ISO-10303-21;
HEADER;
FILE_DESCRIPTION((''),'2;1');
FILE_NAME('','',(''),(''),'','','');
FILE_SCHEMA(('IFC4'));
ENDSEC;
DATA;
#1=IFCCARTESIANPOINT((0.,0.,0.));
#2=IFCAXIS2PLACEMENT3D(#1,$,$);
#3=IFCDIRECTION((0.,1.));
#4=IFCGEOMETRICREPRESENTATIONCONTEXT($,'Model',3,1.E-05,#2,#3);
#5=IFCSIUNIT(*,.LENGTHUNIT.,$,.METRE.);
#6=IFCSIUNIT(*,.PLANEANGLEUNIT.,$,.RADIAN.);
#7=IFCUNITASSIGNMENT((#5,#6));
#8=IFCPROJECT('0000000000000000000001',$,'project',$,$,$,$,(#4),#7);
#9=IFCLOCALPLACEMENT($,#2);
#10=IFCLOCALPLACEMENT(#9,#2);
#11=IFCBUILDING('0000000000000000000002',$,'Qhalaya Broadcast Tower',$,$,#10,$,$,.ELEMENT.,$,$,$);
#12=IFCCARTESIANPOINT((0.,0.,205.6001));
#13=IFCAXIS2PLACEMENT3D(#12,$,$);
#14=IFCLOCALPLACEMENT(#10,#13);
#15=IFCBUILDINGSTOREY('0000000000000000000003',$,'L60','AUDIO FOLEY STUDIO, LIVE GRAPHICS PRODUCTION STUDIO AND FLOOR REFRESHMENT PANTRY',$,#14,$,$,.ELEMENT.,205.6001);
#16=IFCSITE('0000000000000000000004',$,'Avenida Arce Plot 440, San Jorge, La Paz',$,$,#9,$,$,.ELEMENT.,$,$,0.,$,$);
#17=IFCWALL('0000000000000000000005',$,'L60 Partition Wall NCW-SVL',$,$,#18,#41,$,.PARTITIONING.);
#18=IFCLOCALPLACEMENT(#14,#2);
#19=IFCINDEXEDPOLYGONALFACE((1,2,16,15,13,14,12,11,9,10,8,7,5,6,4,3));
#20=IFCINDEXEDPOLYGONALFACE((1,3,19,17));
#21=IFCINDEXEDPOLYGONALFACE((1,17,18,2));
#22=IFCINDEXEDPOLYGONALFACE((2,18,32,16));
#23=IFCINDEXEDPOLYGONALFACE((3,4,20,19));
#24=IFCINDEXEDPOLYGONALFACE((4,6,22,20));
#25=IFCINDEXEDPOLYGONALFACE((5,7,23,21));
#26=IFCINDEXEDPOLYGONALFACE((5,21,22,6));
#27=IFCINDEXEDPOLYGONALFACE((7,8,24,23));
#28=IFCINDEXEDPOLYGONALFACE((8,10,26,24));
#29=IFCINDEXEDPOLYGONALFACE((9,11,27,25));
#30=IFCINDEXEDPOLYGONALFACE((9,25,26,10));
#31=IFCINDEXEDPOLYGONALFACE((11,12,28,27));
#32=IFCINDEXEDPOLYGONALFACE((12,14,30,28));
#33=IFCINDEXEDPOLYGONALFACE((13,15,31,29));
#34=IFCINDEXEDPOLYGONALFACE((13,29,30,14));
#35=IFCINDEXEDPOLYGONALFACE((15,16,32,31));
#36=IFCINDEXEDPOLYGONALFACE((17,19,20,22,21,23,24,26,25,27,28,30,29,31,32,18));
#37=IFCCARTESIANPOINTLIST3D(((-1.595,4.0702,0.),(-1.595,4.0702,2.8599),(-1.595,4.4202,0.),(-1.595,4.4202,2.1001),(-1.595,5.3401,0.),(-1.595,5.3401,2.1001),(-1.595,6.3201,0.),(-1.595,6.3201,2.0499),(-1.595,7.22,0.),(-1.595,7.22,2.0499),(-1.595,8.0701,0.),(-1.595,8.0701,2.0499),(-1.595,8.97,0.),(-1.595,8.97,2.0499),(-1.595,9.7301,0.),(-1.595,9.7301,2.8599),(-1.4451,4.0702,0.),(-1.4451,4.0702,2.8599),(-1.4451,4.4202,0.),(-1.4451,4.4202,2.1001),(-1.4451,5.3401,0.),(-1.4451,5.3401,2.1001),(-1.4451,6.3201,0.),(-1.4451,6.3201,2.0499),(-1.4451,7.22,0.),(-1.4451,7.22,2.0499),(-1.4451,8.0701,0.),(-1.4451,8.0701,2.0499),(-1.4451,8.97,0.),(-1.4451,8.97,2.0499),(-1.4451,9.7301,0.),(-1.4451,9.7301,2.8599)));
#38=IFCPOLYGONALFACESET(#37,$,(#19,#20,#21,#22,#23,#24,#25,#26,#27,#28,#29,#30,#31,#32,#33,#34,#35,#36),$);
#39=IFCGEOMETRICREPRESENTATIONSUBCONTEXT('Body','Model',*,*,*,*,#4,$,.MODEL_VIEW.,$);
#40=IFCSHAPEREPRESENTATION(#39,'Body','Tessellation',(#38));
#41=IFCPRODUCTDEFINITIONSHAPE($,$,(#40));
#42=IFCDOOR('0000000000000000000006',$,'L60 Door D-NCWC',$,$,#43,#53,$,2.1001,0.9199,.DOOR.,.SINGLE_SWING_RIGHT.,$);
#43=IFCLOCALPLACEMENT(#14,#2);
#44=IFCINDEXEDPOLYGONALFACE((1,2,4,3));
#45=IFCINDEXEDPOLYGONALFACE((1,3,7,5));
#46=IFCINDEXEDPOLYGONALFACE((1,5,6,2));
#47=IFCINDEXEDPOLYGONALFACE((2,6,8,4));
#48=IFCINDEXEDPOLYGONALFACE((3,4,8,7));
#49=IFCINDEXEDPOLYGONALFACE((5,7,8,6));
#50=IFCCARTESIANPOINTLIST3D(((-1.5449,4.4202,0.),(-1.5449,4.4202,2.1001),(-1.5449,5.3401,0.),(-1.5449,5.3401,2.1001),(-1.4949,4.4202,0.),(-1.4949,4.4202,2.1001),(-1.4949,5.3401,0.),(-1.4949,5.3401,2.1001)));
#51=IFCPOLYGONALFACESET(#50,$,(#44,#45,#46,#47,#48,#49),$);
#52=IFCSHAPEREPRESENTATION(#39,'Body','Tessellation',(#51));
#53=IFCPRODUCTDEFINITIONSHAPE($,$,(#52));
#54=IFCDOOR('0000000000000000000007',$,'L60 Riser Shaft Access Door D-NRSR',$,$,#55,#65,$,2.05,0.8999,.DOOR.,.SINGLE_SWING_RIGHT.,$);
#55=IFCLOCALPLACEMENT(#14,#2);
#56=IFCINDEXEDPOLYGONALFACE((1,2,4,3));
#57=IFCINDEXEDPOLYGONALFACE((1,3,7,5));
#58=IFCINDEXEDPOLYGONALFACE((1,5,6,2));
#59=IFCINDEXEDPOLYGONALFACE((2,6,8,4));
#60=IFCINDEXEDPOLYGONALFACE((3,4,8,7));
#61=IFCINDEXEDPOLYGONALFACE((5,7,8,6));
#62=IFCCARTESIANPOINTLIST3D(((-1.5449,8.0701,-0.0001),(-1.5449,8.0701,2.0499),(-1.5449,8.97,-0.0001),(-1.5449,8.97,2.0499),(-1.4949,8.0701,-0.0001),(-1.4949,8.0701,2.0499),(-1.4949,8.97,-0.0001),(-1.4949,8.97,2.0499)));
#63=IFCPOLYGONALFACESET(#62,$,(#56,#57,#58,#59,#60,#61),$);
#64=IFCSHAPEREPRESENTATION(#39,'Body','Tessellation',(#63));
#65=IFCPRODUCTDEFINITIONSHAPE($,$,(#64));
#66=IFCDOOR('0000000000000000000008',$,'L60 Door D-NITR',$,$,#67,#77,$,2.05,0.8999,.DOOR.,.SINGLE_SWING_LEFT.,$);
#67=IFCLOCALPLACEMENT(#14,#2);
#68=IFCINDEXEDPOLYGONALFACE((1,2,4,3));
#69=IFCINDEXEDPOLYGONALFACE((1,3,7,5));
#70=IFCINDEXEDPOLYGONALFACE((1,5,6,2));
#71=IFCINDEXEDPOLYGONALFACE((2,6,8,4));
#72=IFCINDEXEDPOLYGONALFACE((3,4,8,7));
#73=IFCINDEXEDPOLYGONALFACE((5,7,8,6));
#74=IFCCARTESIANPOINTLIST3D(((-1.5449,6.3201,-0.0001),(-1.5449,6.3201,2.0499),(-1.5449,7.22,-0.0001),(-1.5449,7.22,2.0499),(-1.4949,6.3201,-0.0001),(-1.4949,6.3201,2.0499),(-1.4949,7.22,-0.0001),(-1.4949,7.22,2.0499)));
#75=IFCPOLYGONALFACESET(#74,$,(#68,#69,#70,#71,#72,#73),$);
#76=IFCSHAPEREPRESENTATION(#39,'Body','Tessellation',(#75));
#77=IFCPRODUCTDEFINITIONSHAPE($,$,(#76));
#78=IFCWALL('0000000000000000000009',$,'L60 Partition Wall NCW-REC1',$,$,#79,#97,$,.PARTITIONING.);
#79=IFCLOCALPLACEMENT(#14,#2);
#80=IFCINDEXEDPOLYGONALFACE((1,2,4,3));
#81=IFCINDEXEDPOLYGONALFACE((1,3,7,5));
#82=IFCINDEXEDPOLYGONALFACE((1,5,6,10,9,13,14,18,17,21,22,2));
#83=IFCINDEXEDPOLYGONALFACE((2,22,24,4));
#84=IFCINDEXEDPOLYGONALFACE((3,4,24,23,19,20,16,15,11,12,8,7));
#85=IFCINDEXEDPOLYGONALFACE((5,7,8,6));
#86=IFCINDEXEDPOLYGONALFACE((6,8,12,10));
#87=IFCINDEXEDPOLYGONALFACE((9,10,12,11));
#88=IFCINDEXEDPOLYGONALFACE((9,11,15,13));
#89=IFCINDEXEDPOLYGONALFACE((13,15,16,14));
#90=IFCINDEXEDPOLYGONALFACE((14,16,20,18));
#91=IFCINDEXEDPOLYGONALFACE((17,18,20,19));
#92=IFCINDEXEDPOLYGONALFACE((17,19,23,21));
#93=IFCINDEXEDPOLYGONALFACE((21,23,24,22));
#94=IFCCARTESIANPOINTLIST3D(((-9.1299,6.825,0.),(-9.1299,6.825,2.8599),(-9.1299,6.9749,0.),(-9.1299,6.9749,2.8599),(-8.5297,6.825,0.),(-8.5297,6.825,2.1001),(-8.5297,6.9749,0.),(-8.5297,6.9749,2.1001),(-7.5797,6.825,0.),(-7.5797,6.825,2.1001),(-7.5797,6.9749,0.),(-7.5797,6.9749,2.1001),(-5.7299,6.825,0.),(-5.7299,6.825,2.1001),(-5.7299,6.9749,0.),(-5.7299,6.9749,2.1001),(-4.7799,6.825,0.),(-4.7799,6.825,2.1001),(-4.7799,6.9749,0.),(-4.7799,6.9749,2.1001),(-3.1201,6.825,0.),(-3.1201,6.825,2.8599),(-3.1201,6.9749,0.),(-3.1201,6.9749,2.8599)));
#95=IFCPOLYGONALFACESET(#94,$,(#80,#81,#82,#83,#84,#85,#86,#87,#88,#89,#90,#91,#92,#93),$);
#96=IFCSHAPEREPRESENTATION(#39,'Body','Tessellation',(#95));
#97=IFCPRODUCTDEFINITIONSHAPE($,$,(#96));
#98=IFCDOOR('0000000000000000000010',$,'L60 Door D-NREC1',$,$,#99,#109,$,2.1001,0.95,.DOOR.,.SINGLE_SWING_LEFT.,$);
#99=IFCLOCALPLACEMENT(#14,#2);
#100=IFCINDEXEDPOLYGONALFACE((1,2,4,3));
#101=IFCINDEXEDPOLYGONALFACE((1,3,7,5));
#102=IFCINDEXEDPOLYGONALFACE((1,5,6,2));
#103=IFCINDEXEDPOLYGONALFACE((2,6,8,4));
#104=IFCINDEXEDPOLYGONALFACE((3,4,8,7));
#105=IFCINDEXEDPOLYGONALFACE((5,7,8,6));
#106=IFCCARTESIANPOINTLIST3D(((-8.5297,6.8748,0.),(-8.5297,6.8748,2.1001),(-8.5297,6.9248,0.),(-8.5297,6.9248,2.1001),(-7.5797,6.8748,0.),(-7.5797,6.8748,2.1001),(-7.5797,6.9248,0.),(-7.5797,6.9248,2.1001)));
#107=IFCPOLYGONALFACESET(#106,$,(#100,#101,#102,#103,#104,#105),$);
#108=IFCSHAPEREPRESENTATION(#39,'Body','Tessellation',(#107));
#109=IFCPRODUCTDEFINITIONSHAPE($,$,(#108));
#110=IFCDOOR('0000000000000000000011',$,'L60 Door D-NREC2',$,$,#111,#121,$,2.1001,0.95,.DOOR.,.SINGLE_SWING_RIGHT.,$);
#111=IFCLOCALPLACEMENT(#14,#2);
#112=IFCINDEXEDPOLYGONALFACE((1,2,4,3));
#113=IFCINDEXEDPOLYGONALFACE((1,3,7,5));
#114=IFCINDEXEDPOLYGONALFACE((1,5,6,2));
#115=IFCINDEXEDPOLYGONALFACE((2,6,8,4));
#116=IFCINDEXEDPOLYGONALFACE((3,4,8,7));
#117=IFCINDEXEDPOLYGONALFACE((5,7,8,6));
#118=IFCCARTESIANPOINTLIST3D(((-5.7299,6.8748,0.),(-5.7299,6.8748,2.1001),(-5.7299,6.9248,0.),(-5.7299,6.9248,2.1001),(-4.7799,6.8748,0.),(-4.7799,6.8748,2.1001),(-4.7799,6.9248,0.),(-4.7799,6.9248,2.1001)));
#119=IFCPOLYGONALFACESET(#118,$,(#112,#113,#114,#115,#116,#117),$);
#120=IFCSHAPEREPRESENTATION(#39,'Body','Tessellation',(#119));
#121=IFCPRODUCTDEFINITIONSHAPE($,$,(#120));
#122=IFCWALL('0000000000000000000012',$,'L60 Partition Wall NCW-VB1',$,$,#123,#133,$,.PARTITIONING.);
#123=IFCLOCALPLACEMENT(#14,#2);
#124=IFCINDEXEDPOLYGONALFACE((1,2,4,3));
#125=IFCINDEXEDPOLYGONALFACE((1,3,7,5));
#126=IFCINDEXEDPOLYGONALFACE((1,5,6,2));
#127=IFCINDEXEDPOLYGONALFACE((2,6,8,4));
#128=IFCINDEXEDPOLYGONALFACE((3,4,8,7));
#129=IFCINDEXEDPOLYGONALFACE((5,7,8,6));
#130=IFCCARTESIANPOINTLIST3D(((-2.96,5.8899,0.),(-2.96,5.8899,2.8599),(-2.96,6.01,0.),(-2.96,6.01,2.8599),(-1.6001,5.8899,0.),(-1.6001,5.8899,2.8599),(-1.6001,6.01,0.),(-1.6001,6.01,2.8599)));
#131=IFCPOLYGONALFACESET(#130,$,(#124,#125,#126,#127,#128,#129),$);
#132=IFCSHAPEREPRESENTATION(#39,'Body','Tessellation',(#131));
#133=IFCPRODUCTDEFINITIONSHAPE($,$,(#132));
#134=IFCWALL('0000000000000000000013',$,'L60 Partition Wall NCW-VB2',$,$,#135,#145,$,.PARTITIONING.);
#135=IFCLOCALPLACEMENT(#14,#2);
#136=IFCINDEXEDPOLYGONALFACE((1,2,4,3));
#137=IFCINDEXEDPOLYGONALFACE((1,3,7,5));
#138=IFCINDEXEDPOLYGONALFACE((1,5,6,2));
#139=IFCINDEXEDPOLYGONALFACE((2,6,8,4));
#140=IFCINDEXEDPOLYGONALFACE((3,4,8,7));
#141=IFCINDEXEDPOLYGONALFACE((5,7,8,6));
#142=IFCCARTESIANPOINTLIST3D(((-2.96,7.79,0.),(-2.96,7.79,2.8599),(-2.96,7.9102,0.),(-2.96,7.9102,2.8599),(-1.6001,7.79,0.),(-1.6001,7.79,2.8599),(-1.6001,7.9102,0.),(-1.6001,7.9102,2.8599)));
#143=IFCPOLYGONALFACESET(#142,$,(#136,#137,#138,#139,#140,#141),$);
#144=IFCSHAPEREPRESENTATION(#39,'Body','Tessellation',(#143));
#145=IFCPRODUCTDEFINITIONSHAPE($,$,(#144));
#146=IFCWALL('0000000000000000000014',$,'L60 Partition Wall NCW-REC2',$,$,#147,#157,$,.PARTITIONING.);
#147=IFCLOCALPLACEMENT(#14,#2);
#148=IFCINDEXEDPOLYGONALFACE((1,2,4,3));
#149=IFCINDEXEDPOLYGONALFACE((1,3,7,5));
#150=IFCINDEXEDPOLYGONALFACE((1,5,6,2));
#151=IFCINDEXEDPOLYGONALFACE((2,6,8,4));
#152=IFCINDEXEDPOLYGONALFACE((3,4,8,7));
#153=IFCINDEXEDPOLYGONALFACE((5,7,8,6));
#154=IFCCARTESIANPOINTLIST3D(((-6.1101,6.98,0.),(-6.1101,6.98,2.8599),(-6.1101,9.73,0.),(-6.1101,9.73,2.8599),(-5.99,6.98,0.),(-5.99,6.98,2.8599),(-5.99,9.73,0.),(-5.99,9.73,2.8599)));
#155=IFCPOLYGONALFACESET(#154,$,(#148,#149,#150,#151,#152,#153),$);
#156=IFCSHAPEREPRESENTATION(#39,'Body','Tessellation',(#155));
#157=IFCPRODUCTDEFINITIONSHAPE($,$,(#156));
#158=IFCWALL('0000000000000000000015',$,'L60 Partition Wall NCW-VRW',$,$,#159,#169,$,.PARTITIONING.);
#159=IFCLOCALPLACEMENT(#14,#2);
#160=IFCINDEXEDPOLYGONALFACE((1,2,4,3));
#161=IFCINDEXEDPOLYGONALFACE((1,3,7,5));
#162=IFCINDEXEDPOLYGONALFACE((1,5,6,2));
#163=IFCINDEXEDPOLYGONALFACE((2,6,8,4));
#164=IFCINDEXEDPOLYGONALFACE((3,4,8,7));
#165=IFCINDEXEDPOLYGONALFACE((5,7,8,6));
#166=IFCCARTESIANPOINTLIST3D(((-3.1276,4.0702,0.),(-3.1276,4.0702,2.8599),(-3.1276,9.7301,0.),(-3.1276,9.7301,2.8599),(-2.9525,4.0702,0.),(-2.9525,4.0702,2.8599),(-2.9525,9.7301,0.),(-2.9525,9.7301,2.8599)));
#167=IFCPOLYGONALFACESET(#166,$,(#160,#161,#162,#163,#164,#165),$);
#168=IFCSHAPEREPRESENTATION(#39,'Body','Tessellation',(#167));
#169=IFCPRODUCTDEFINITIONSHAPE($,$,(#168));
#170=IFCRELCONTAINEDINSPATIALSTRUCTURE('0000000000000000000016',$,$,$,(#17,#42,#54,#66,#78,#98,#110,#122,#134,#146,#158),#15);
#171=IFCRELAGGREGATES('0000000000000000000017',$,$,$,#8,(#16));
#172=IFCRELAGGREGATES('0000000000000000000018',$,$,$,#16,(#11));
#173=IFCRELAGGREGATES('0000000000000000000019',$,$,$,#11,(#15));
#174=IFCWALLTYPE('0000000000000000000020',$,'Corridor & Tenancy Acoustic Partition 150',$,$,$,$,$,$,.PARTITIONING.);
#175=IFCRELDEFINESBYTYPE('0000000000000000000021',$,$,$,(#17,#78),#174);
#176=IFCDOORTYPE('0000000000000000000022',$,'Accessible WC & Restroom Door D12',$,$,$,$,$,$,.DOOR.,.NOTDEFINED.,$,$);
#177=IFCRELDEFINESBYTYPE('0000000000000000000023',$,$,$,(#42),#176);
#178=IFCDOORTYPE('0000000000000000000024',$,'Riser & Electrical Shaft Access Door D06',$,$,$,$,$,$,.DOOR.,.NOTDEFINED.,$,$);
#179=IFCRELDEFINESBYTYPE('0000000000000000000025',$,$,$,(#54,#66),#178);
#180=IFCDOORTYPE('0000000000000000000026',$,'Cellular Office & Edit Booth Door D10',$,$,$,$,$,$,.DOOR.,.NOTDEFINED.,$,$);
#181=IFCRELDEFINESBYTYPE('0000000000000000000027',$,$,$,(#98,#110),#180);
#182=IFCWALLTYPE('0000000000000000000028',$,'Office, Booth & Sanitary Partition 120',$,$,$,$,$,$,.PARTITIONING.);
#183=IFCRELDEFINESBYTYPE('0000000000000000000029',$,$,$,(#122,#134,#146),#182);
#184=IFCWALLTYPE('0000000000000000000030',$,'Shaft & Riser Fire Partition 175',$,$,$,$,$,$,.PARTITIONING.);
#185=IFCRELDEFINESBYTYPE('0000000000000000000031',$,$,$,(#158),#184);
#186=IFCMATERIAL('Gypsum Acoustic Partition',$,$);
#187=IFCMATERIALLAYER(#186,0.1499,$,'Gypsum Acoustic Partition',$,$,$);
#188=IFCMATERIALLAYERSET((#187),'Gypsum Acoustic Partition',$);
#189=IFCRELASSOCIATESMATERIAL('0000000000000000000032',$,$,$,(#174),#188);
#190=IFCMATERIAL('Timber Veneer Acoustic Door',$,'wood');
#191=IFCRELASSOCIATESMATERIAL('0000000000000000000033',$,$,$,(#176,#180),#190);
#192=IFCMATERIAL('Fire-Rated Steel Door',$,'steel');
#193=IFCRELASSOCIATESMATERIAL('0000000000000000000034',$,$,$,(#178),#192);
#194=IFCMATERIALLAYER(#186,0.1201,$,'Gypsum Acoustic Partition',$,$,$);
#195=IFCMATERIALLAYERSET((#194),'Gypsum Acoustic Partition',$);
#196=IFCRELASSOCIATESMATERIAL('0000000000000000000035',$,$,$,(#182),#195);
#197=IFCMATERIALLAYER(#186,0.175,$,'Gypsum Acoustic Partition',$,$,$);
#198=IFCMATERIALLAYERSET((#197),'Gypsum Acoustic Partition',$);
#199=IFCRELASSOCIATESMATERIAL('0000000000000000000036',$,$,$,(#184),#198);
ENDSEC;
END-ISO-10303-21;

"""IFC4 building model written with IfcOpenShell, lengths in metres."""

from ifc_helpers import new_model, si_unit, direction, frame, frame_2d, origin, place, context, subcontext, project, spatial, rectangle, extrude, material, layer, layer_set, type_object, element, fill, save


model = new_model("IFC4")

# Units and contexts
model_context = context("Model", 3, precision=1e-05, world=origin(), true_north=direction((0.0, 1.0)))
body_context = subcontext(model_context, "Body", "Model", "MODEL_VIEW")
ifc_project = project(units=[si_unit("LENGTHUNIT", "METRE"), si_unit("PLANEANGLEUNIT", "RADIAN")], contexts=[model_context])

# Site, building, storey
site_placement = place(None, origin())
site = spatial("IfcSite", under=ifc_project, at=site_placement, Name="Avenida Arce Plot 440, San Jorge, La Paz", CompositionType="ELEMENT", RefElevation=0.0)
building_placement = place(site_placement, origin())
building = spatial("IfcBuilding", under=site, at=building_placement, Name="Qhalaya Broadcast Tower", CompositionType="ELEMENT")
storey_placement = place(building_placement, frame((0.0, 0.0, 205.6001)))
storey = spatial("IfcBuildingStorey", under=building, at=storey_placement, Name="L60", Description="AUDIO FOLEY STUDIO, LIVE GRAPHICS PRODUCTION STUDIO AND FLOOR REFRESHMENT PANTRY", CompositionType="ELEMENT", Elevation=205.6001)

# Walls, openings, doors
ifc_material_1 = material(Name="Gypsum Acoustic Partition")
ifc_layer_1 = layer(ifc_material_1, 0.1499, Name="Gypsum Acoustic Partition")
ifc_layer_set_1 = layer_set([ifc_layer_1], Name="Gypsum Acoustic Partition")
wall_type_1 = type_object("IfcWallType", Name="Corridor & Tenancy Acoustic Partition 150", PredefinedType="PARTITIONING", material=ifc_layer_set_1)
wall_1_placement = place(storey_placement, frame((-1.52, 4.0701, 0.0), z_axis=(0.0, 0.0, 1.0), x_axis=(0.0, 1.0, 0.0)))
wall_1 = element("IfcWall", 1, at=wall_1_placement, inside=storey, type_object=wall_type_1, Name="L60 Partition Wall NCW-SVL", PredefinedType="PARTITIONING", context=body_context, shape_type="SweptSolid", body=[
    extrude(rectangle(XDim=5.6599, YDim=0.1499, at=frame_2d((2.8301, 0.0))), origin(), (0.0, 0.0, 1.0), 2.8599),
])
opening_1_placement = place(wall_1_placement, frame((4.0, 0.0, 0.0)))
opening_1 = element("IfcOpeningElement", 2, at=opening_1_placement, cuts=wall_1, PredefinedType="OPENING", context=body_context, shape_type="SweptSolid", body=[
    extrude(rectangle(XDim=0.8999, YDim=2.05, at=frame_2d((0.45, 1.0249))), frame((0.0, 0.0869, 0.0), z_axis=(0.0, -1.0, 0.0), x_axis=(1.0, 0.0, 0.0)), (0.0, 0.0, 1.0), 0.1738),
])
opening_2_placement = place(wall_1_placement, frame((2.25, 0.0, 0.0)))
opening_2 = element("IfcOpeningElement", 3, at=opening_2_placement, cuts=wall_1, PredefinedType="OPENING", context=body_context, shape_type="SweptSolid", body=[
    extrude(rectangle(XDim=0.8999, YDim=2.05, at=frame_2d((0.45, 1.0249))), frame((0.0, 0.0869, 0.0), z_axis=(0.0, -1.0, 0.0), x_axis=(1.0, 0.0, 0.0)), (0.0, 0.0, 1.0), 0.1738),
])
opening_3_placement = place(wall_1_placement, frame((0.3501, 0.0, 0.0)))
opening_3 = element("IfcOpeningElement", 4, at=opening_3_placement, cuts=wall_1, PredefinedType="OPENING", context=body_context, shape_type="SweptSolid", body=[
    extrude(rectangle(XDim=0.9199, YDim=2.1001, at=frame_2d((0.46, 1.05))), frame((0.0, 0.0869, 0.0), z_axis=(0.0, -1.0, 0.0), x_axis=(1.0, 0.0, 0.0)), (0.0, 0.0, 1.0), 0.1738),
])
ifc_material_2 = material(Name="Timber Veneer Acoustic Door", Category="wood")
door_type_1 = type_object("IfcDoorType", Name="Accessible WC & Restroom Door D12", OperationType="NOTDEFINED", PredefinedType="DOOR", material=ifc_material_2)
door_1_placement = place(opening_3_placement, origin())
door_1 = element("IfcDoor", 5, at=door_1_placement, inside=storey, type_object=door_type_1, Name="L60 Door D-NCWC", OperationType="SINGLE_SWING_RIGHT", OverallHeight=2.1001, OverallWidth=0.9199, PredefinedType="DOOR", context=body_context, shape_type="SweptSolid", body=[
    extrude(rectangle(XDim=0.9199, YDim=2.1001, at=frame_2d((0.46, 1.05))), frame((0.0, 0.0249, 0.0), z_axis=(0.0, -1.0, 0.0), x_axis=(1.0, 0.0, 0.0)), (0.0, 0.0, 1.0), 0.05),
])
fill(opening_3, door_1)
ifc_material_3 = material(Name="Fire-Rated Steel Door", Category="steel")
door_type_2 = type_object("IfcDoorType", Name="Riser & Electrical Shaft Access Door D06", OperationType="NOTDEFINED", PredefinedType="DOOR", material=ifc_material_3)
door_2_placement = place(opening_1_placement, origin())
door_2 = element("IfcDoor", 6, at=door_2_placement, inside=storey, type_object=door_type_2, Name="L60 Riser Shaft Access Door D-NRSR", OperationType="SINGLE_SWING_RIGHT", OverallHeight=2.05, OverallWidth=0.8999, PredefinedType="DOOR", context=body_context, shape_type="SweptSolid", body=[
    extrude(rectangle(XDim=0.8999, YDim=2.05, at=frame_2d((0.45, 1.0249))), frame((0.0, 0.0249, 0.0), z_axis=(0.0, -1.0, 0.0), x_axis=(1.0, 0.0, 0.0)), (0.0, 0.0, 1.0), 0.05),
])
fill(opening_1, door_2)
door_3_placement = place(opening_2_placement, origin())
door_3 = element("IfcDoor", 7, at=door_3_placement, inside=storey, type_object=door_type_2, Name="L60 Door D-NITR", OperationType="SINGLE_SWING_LEFT", OverallHeight=2.05, OverallWidth=0.8999, PredefinedType="DOOR", context=body_context, shape_type="SweptSolid", body=[
    extrude(rectangle(XDim=0.8999, YDim=2.05, at=frame_2d((0.45, 1.0249))), frame((0.0, 0.0249, 0.0), z_axis=(0.0, -1.0, 0.0), x_axis=(1.0, 0.0, 0.0)), (0.0, 0.0, 1.0), 0.05),
])
fill(opening_2, door_3)
wall_2_placement = place(storey_placement, frame((-9.1299, 6.8999, 0.0), z_axis=(0.0, 0.0, 1.0), x_axis=(1.0, 0.0, 0.0)))
wall_2 = element("IfcWall", 8, at=wall_2_placement, inside=storey, type_object=wall_type_1, Name="L60 Partition Wall NCW-REC1", PredefinedType="PARTITIONING", context=body_context, shape_type="SweptSolid", body=[
    extrude(rectangle(XDim=6.0098, YDim=0.1499, at=frame_2d((3.0049, 0.0))), origin(), (0.0, 0.0, 1.0), 2.8599),
])
opening_4_placement = place(wall_2_placement, frame((0.6001, 0.0, 0.0)))
opening_4 = element("IfcOpeningElement", 9, at=opening_4_placement, cuts=wall_2, PredefinedType="OPENING", context=body_context, shape_type="SweptSolid", body=[
    extrude(rectangle(XDim=0.95, YDim=2.1001, at=frame_2d((0.4751, 1.05))), frame((0.0, 0.0869, 0.0), z_axis=(0.0, -1.0, 0.0), x_axis=(1.0, 0.0, 0.0)), (0.0, 0.0, 1.0), 0.1738),
])
opening_5_placement = place(wall_2_placement, frame((3.3999, 0.0, 0.0)))
opening_5 = element("IfcOpeningElement", 10, at=opening_5_placement, cuts=wall_2, PredefinedType="OPENING", context=body_context, shape_type="SweptSolid", body=[
    extrude(rectangle(XDim=0.95, YDim=2.1001, at=frame_2d((0.4751, 1.05))), frame((0.0, 0.0869, 0.0), z_axis=(0.0, -1.0, 0.0), x_axis=(1.0, 0.0, 0.0)), (0.0, 0.0, 1.0), 0.1738),
])
door_type_3 = type_object("IfcDoorType", Name="Cellular Office & Edit Booth Door D10", OperationType="NOTDEFINED", PredefinedType="DOOR", material=ifc_material_2)
door_4_placement = place(opening_4_placement, origin())
door_4 = element("IfcDoor", 11, at=door_4_placement, inside=storey, type_object=door_type_3, Name="L60 Door D-NREC1", OperationType="SINGLE_SWING_LEFT", OverallHeight=2.1001, OverallWidth=0.95, PredefinedType="DOOR", context=body_context, shape_type="SweptSolid", body=[
    extrude(rectangle(XDim=0.95, YDim=2.1001, at=frame_2d((0.4751, 1.05))), frame((0.0, 0.0249, 0.0), z_axis=(0.0, -1.0, 0.0), x_axis=(1.0, 0.0, 0.0)), (0.0, 0.0, 1.0), 0.05),
])
fill(opening_4, door_4)
door_5_placement = place(opening_5_placement, origin())
door_5 = element("IfcDoor", 12, at=door_5_placement, inside=storey, type_object=door_type_3, Name="L60 Door D-NREC2", OperationType="SINGLE_SWING_RIGHT", OverallHeight=2.1001, OverallWidth=0.95, PredefinedType="DOOR", context=body_context, shape_type="SweptSolid", body=[
    extrude(rectangle(XDim=0.95, YDim=2.1001, at=frame_2d((0.4751, 1.05))), frame((0.0, 0.0249, 0.0), z_axis=(0.0, -1.0, 0.0), x_axis=(1.0, 0.0, 0.0)), (0.0, 0.0, 1.0), 0.05),
])
fill(opening_5, door_5)

# Walls
ifc_layer_2 = layer(ifc_material_1, 0.1201, Name="Gypsum Acoustic Partition")
ifc_layer_set_2 = layer_set([ifc_layer_2], Name="Gypsum Acoustic Partition")
wall_type_2 = type_object("IfcWallType", Name="Office, Booth & Sanitary Partition 120", PredefinedType="PARTITIONING", material=ifc_layer_set_2)
for number, where, z_axis, x_axis, name in (
    (13, (-2.96, 5.95, 0.0), (0.0, 0.0, 1.0), (1.0, 0.0, 0.0), "L60 Partition Wall NCW-VB1"),
    (14, (-2.96, 7.8501, 0.0), (0.0, 0.0, 1.0), (1.0, 0.0, 0.0), "L60 Partition Wall NCW-VB2"),
):
    element("IfcWall", number, at=place(storey_placement, frame(where, z_axis=z_axis, x_axis=x_axis)), inside=storey, type_object=wall_type_2, Name=name, PredefinedType="PARTITIONING", context=body_context, shape_type="SweptSolid", body=[
        extrude(rectangle(XDim=1.3599, YDim=0.1201, at=frame_2d((0.6799, 0.0))), origin(), (0.0, 0.0, 1.0), 2.8599),
    ])
wall_3_placement = place(storey_placement, frame((-6.05, 6.98, 0.0), z_axis=(0.0, 0.0, 1.0), x_axis=(0.0, 1.0, 0.0)))
element("IfcWall", 15, at=wall_3_placement, inside=storey, type_object=wall_type_2, Name="L60 Partition Wall NCW-REC2", PredefinedType="PARTITIONING", context=body_context, shape_type="SweptSolid", body=[
    extrude(rectangle(XDim=2.75, YDim=0.1201, at=frame_2d((1.375, 0.0))), origin(), (0.0, 0.0, 1.0), 2.8599),
])
ifc_layer_3 = layer(ifc_material_1, 0.175, Name="Gypsum Acoustic Partition")
ifc_layer_set_3 = layer_set([ifc_layer_3], Name="Gypsum Acoustic Partition")
wall_type_3 = type_object("IfcWallType", Name="Shaft & Riser Fire Partition 175", PredefinedType="PARTITIONING", material=ifc_layer_set_3)
wall_4_placement = place(storey_placement, frame((-3.04, 4.0701, 0.0), z_axis=(0.0, 0.0, 1.0), x_axis=(0.0, 1.0, 0.0)))
element("IfcWall", 16, at=wall_4_placement, inside=storey, type_object=wall_type_3, Name="L60 Partition Wall NCW-VRW", PredefinedType="PARTITIONING", context=body_context, shape_type="SweptSolid", body=[
    extrude(rectangle(XDim=5.6599, YDim=0.175, at=frame_2d((2.8301, 0.0))), origin(), (0.0, 0.0, 1.0), 2.8599),
])

save(model, "model.ifc")
